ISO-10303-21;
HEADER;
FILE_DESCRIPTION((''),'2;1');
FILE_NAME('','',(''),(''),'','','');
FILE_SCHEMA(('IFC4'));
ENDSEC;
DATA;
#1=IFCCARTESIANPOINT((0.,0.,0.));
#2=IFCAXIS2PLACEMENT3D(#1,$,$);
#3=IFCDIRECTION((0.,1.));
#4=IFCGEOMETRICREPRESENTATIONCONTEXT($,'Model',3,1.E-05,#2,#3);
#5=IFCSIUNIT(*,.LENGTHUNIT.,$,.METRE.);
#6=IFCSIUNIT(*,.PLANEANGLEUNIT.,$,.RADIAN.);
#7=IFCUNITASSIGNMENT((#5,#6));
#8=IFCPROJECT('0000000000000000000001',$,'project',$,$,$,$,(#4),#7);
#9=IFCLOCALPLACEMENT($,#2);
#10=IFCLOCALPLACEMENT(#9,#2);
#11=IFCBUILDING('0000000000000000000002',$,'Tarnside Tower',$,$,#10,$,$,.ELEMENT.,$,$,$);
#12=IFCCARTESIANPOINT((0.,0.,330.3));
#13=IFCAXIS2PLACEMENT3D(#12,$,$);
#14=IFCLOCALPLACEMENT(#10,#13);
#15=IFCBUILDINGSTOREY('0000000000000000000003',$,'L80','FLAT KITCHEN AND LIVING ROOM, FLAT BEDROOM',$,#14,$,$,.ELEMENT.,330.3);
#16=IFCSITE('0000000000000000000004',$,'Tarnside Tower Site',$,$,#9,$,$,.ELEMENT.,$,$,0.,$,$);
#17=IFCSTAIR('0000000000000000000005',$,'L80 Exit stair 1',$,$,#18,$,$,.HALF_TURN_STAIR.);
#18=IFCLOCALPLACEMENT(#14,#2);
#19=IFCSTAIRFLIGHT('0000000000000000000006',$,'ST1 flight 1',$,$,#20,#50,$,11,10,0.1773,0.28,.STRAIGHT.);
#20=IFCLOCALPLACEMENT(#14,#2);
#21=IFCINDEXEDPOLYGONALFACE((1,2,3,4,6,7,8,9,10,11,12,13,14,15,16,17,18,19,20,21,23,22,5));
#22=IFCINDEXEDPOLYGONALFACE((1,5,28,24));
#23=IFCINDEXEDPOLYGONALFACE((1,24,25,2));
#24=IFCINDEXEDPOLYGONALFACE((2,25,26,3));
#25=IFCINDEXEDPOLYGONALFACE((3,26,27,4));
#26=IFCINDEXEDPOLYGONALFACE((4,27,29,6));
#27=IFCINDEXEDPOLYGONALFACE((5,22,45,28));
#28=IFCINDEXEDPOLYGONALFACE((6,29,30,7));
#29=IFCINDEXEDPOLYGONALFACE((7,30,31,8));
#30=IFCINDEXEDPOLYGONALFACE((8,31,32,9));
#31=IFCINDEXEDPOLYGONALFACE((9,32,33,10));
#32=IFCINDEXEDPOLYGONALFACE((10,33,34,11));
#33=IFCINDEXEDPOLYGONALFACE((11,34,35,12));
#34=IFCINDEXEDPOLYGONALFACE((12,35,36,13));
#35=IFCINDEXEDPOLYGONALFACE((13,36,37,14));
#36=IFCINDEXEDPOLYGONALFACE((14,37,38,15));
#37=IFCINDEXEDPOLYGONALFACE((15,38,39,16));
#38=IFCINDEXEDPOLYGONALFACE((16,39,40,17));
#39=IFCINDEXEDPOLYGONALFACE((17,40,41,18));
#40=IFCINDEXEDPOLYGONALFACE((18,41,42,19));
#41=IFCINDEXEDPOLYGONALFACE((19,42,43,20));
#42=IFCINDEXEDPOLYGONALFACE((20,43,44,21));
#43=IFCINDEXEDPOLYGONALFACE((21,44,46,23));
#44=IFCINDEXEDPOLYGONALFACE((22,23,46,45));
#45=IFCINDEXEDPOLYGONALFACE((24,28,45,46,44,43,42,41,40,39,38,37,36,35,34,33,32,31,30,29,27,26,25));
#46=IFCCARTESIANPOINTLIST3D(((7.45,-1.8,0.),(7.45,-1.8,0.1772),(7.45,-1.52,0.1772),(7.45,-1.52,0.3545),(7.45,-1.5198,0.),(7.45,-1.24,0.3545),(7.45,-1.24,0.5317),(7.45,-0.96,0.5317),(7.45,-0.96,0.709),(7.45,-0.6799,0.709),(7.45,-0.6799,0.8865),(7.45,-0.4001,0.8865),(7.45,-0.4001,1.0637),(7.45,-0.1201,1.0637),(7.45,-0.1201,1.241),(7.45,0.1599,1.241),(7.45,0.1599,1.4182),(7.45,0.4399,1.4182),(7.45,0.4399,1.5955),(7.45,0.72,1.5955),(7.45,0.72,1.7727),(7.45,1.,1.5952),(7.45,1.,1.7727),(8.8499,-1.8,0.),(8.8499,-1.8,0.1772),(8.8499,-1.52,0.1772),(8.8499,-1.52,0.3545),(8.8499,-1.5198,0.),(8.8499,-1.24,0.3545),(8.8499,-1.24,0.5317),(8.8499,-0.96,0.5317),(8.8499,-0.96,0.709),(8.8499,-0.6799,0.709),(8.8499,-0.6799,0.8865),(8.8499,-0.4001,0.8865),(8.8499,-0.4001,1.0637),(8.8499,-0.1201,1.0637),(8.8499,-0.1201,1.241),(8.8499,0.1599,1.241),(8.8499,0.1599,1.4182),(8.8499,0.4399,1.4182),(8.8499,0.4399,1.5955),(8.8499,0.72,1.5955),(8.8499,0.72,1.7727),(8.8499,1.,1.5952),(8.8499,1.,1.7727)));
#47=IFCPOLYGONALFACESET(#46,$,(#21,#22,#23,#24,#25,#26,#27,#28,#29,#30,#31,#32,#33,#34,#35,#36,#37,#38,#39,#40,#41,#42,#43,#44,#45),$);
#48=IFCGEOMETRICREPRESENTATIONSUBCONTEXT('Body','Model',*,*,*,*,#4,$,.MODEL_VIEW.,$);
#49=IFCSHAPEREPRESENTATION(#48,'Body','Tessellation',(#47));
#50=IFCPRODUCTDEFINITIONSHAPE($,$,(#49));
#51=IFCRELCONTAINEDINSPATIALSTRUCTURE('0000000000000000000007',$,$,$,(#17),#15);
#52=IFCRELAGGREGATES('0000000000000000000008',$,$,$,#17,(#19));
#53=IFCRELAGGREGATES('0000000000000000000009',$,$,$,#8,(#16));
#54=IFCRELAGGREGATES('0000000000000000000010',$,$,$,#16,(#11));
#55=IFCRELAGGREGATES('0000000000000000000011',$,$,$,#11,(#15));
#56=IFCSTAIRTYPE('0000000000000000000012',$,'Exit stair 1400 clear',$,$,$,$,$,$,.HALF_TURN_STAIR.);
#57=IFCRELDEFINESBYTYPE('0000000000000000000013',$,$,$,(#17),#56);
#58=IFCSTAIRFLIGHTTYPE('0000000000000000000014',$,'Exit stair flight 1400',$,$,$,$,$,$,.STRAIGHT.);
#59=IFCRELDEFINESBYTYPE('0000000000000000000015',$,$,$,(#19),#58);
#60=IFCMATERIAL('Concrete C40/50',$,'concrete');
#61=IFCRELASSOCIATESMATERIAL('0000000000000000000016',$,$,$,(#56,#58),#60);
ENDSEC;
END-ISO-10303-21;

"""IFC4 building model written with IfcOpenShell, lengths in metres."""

from ifc_helpers import new_model, si_unit, direction, frame, origin, place, context, subcontext, project, spatial, polyline, outline, extrude, material, type_object, element, aggregate, save


model = new_model("IFC4")

# Units and contexts
model_context = context("Model", 3, precision=1e-05, world=origin(), true_north=direction((0.0, 1.0)))
body_context = subcontext(model_context, "Body", "Model", "MODEL_VIEW")
ifc_project = project(units=[si_unit("LENGTHUNIT", "METRE"), si_unit("PLANEANGLEUNIT", "RADIAN")], contexts=[model_context])

# Site, building, storey
site_placement = place(None, origin())
site = spatial("IfcSite", under=ifc_project, at=site_placement, Name="Tarnside Tower Site", CompositionType="ELEMENT", RefElevation=0.0)
building_placement = place(site_placement, origin())
building = spatial("IfcBuilding", under=site, at=building_placement, Name="Tarnside Tower", CompositionType="ELEMENT")
storey_placement = place(building_placement, frame((0.0, 0.0, 330.3)))
storey = spatial("IfcBuildingStorey", under=building, at=storey_placement, Name="L80", Description="FLAT KITCHEN AND LIVING ROOM, FLAT BEDROOM", CompositionType="ELEMENT", Elevation=330.3)

# Shared definitions
ifc_material_1 = material(Name="Concrete C40/50", Category="concrete")

# Shared definitions
stair_type = type_object("IfcStairType", Name="Exit stair 1400 clear", PredefinedType="HALF_TURN_STAIR", material=ifc_material_1)

# Stair, stair flight
stair_1_placement = place(storey_placement, origin())
stair_1 = element("IfcStair", 1, at=stair_1_placement, inside=storey, type_object=stair_type, Name="L80 Exit stair 1", PredefinedType="HALF_TURN_STAIR")
stair_flight_type = type_object("IfcStairFlightType", Name="Exit stair flight 1400", PredefinedType="STRAIGHT", material=ifc_material_1)
stair_flight_placement = place(storey_placement, frame((8.1499, -1.8, 0.0), z_axis=(0.0, 0.0, 1.0), x_axis=(0.0, 1.0, 0.0)))
stair_flight = element("IfcStairFlight", 2, at=stair_flight_placement, type_object=stair_flight_type, Name="ST1 flight 1", NumberOfRisers=11, NumberOfTreads=10, PredefinedType="STRAIGHT", RiserHeight=0.1773, TreadLength=0.28, context=body_context, shape_type="SweptSolid", body=[
    extrude(outline(polyline([(0.0, 0.0), (0.0, 0.1772), (0.28, 0.1772), (0.28, 0.3545), (0.5601, 0.3545), (0.5601, 0.5317), (0.8401, 0.5317), (0.8401, 0.709), (1.1201, 0.709), (1.1201, 0.8865), (1.3999, 0.8865), (1.3999, 1.0637), (1.6799, 1.0637), (1.6799, 1.241), (1.96, 1.241), (1.96, 1.4182), (2.24, 1.4182), (2.24, 1.5955), (2.52, 1.5955), (2.52, 1.7727), (2.8, 1.7727), (2.8, 1.95), (2.8, 1.5952), (0.2803, 0.0), (0.0, 0.0)])), frame((0.0, 0.7, 0.0), z_axis=(0.0, -1.0, 0.0), x_axis=(1.0, 0.0, 0.0)), (0.0, 0.0, 1.0), 1.3999),
])
aggregate(stair_1, [stair_flight])

save(model, "model.ifc")
